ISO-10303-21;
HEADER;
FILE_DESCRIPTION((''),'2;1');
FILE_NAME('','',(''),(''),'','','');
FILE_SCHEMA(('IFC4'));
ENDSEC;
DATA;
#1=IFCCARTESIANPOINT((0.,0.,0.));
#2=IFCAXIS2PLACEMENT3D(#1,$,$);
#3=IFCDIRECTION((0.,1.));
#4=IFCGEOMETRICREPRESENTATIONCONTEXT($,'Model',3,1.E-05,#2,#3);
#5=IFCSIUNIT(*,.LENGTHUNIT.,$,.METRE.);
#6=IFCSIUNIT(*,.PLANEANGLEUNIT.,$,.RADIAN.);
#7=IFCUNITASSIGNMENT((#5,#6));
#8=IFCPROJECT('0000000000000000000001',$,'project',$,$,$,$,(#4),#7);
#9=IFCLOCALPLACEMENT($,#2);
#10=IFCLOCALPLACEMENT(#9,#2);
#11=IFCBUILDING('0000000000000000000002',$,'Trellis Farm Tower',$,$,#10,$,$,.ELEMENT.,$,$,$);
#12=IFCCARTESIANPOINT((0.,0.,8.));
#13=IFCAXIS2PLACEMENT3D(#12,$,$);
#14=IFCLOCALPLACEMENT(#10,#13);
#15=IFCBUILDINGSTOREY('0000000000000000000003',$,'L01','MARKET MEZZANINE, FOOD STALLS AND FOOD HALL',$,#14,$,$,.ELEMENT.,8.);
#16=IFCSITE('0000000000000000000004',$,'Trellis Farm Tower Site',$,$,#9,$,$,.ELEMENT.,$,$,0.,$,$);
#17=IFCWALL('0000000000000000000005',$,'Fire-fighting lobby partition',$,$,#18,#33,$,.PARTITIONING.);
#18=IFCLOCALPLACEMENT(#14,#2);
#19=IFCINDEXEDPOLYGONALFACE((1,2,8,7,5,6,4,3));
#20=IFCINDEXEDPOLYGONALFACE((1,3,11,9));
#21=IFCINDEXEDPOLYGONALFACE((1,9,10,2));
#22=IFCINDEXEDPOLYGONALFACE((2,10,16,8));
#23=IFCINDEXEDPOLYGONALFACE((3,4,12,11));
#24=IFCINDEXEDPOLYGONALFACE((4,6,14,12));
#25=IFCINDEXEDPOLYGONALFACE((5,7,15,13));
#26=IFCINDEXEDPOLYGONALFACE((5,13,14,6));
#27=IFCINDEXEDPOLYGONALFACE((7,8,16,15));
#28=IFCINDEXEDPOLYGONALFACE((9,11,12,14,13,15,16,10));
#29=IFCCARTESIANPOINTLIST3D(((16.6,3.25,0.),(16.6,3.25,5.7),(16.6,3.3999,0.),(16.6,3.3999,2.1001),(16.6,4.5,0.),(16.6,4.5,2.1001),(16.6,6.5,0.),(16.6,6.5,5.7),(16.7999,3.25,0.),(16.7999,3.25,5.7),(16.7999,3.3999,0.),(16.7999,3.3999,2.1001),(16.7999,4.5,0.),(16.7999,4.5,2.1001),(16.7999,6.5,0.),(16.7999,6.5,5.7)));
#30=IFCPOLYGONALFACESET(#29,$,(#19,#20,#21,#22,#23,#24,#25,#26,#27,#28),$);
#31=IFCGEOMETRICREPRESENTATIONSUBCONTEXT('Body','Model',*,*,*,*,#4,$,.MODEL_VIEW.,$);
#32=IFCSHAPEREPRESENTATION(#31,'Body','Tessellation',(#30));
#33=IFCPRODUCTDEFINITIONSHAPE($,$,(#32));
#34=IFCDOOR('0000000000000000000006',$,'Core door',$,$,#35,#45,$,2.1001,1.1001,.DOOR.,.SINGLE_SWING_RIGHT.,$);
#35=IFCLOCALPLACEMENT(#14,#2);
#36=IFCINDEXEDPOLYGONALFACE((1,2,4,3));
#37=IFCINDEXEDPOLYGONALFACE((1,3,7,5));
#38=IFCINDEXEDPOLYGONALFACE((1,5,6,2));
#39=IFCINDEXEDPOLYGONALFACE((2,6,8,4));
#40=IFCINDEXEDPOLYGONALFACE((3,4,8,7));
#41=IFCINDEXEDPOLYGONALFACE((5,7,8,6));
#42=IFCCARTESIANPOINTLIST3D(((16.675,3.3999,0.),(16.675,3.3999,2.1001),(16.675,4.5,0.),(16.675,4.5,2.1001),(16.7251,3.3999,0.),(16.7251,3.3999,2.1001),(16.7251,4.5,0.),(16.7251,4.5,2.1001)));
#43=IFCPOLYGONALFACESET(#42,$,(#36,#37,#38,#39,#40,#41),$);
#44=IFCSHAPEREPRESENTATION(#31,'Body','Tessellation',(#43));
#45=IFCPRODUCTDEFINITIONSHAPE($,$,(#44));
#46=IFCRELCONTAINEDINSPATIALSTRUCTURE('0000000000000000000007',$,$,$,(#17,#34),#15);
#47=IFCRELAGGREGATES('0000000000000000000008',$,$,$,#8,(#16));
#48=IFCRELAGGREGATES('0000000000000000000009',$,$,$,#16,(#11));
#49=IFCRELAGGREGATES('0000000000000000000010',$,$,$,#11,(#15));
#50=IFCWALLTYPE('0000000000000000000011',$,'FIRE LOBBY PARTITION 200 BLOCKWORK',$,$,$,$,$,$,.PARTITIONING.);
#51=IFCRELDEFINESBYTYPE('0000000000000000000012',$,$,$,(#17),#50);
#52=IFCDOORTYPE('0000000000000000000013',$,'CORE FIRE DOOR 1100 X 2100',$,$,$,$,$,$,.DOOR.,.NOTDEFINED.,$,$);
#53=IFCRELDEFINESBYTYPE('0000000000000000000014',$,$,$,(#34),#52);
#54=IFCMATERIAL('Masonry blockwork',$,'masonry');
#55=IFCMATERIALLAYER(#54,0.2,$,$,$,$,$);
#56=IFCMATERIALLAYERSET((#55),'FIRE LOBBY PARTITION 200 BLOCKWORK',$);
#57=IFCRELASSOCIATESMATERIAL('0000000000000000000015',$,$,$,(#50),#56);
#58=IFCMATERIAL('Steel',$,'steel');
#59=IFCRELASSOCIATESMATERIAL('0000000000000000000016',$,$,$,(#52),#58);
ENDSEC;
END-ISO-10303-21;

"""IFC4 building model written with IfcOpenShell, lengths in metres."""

from ifc_helpers import new_model, si_unit, direction, frame, frame_2d, origin, place, context, subcontext, project, spatial, rectangle, extrude, source, transform, mapped, material, layer, layer_set, type_object, element, fill, save


model = new_model("IFC4")

# Units and contexts
model_context = context("Model", 3, precision=1e-05, world=origin(), true_north=direction((0.0, 1.0)))
body_context = subcontext(model_context, "Body", "Model", "MODEL_VIEW")
ifc_project = project(units=[si_unit("LENGTHUNIT", "METRE"), si_unit("PLANEANGLEUNIT", "RADIAN")], contexts=[model_context])

# Site, building, storey
site_placement = place(None, origin())
site = spatial("IfcSite", under=ifc_project, at=site_placement, Name="Trellis Farm Tower Site", CompositionType="ELEMENT", RefElevation=0.0)
building_placement = place(site_placement, origin())
building = spatial("IfcBuilding", under=site, at=building_placement, Name="Trellis Farm Tower", CompositionType="ELEMENT")
storey_placement = place(building_placement, frame((0.0, 0.0, 8.0)))
storey = spatial("IfcBuildingStorey", under=building, at=storey_placement, Name="L01", Description="MARKET MEZZANINE, FOOD STALLS AND FOOD HALL", CompositionType="ELEMENT", Elevation=8.0)

# Wall, opening, door
ifc_material_1 = material(Name="Masonry blockwork", Category="masonry")
ifc_layer_1 = layer(ifc_material_1, 0.2)
ifc_layer_set_1 = layer_set([ifc_layer_1], Name="FIRE LOBBY PARTITION 200 BLOCKWORK")
wall_type_1 = type_object("IfcWallType", Name="FIRE LOBBY PARTITION 200 BLOCKWORK", PredefinedType="PARTITIONING", material=ifc_layer_set_1)
shared_shape_1 = source(origin(), body_context, "Body", "SweptSolid", [
    extrude(rectangle(XDim=3.25, YDim=0.2, at=frame_2d((1.625, 0.0))), origin(), (0.0, 0.0, 1.0), 5.7),
])
wall_1_placement = place(storey_placement, frame((16.7, 3.25, 0.0), z_axis=(0.0, 0.0, 1.0), x_axis=(0.0, 1.0, 0.0)))
wall_1 = element("IfcWall", 1, at=wall_1_placement, inside=storey, type_object=wall_type_1, Name="Fire-fighting lobby partition", PredefinedType="PARTITIONING", context=body_context, shape_type="MappedRepresentation", body=[
    mapped(shared_shape_1, transform((0.0, 0.0, 0.0))),
])
shared_shape_2 = source(origin(), body_context, "Body", "SweptSolid", [
    extrude(rectangle(XDim=1.1001, YDim=2.1001, at=frame_2d((0.55, 1.05))), frame((0.0, 0.1101, 0.0), z_axis=(0.0, -1.0, 0.0), x_axis=(1.0, 0.0, 0.0)), (0.0, 0.0, 1.0), 0.2202),
])
opening_1_placement = place(wall_1_placement, frame((0.1499, 0.0, 0.0)))
opening_1 = element("IfcOpeningElement", 2, at=opening_1_placement, cuts=wall_1, PredefinedType="OPENING", context=body_context, shape_type="MappedRepresentation", body=[
    mapped(shared_shape_2, transform((0.0, 0.0, 0.0))),
])
ifc_material_2 = material(Name="Steel", Category="steel")
door_type_1 = type_object("IfcDoorType", Name="CORE FIRE DOOR 1100 X 2100", OperationType="NOTDEFINED", PredefinedType="DOOR", material=ifc_material_2)
shared_shape_3 = source(origin(), body_context, "Body", "SweptSolid", [
    extrude(rectangle(XDim=1.1001, YDim=2.1001, at=frame_2d((0.55, 1.05))), frame((0.0, 0.0249, 0.0), z_axis=(0.0, -1.0, 0.0), x_axis=(1.0, 0.0, 0.0)), (0.0, 0.0, 1.0), 0.05),
])
door_1_placement = place(opening_1_placement, origin())
door_1 = element("IfcDoor", 3, at=door_1_placement, inside=storey, type_object=door_type_1, Name="Core door", OperationType="SINGLE_SWING_RIGHT", OverallHeight=2.1001, OverallWidth=1.1001, PredefinedType="DOOR", context=body_context, shape_type="MappedRepresentation", body=[
    mapped(shared_shape_3, transform((0.0, 0.0, 0.0))),
])
fill(opening_1, door_1)

save(model, "model.ifc")
